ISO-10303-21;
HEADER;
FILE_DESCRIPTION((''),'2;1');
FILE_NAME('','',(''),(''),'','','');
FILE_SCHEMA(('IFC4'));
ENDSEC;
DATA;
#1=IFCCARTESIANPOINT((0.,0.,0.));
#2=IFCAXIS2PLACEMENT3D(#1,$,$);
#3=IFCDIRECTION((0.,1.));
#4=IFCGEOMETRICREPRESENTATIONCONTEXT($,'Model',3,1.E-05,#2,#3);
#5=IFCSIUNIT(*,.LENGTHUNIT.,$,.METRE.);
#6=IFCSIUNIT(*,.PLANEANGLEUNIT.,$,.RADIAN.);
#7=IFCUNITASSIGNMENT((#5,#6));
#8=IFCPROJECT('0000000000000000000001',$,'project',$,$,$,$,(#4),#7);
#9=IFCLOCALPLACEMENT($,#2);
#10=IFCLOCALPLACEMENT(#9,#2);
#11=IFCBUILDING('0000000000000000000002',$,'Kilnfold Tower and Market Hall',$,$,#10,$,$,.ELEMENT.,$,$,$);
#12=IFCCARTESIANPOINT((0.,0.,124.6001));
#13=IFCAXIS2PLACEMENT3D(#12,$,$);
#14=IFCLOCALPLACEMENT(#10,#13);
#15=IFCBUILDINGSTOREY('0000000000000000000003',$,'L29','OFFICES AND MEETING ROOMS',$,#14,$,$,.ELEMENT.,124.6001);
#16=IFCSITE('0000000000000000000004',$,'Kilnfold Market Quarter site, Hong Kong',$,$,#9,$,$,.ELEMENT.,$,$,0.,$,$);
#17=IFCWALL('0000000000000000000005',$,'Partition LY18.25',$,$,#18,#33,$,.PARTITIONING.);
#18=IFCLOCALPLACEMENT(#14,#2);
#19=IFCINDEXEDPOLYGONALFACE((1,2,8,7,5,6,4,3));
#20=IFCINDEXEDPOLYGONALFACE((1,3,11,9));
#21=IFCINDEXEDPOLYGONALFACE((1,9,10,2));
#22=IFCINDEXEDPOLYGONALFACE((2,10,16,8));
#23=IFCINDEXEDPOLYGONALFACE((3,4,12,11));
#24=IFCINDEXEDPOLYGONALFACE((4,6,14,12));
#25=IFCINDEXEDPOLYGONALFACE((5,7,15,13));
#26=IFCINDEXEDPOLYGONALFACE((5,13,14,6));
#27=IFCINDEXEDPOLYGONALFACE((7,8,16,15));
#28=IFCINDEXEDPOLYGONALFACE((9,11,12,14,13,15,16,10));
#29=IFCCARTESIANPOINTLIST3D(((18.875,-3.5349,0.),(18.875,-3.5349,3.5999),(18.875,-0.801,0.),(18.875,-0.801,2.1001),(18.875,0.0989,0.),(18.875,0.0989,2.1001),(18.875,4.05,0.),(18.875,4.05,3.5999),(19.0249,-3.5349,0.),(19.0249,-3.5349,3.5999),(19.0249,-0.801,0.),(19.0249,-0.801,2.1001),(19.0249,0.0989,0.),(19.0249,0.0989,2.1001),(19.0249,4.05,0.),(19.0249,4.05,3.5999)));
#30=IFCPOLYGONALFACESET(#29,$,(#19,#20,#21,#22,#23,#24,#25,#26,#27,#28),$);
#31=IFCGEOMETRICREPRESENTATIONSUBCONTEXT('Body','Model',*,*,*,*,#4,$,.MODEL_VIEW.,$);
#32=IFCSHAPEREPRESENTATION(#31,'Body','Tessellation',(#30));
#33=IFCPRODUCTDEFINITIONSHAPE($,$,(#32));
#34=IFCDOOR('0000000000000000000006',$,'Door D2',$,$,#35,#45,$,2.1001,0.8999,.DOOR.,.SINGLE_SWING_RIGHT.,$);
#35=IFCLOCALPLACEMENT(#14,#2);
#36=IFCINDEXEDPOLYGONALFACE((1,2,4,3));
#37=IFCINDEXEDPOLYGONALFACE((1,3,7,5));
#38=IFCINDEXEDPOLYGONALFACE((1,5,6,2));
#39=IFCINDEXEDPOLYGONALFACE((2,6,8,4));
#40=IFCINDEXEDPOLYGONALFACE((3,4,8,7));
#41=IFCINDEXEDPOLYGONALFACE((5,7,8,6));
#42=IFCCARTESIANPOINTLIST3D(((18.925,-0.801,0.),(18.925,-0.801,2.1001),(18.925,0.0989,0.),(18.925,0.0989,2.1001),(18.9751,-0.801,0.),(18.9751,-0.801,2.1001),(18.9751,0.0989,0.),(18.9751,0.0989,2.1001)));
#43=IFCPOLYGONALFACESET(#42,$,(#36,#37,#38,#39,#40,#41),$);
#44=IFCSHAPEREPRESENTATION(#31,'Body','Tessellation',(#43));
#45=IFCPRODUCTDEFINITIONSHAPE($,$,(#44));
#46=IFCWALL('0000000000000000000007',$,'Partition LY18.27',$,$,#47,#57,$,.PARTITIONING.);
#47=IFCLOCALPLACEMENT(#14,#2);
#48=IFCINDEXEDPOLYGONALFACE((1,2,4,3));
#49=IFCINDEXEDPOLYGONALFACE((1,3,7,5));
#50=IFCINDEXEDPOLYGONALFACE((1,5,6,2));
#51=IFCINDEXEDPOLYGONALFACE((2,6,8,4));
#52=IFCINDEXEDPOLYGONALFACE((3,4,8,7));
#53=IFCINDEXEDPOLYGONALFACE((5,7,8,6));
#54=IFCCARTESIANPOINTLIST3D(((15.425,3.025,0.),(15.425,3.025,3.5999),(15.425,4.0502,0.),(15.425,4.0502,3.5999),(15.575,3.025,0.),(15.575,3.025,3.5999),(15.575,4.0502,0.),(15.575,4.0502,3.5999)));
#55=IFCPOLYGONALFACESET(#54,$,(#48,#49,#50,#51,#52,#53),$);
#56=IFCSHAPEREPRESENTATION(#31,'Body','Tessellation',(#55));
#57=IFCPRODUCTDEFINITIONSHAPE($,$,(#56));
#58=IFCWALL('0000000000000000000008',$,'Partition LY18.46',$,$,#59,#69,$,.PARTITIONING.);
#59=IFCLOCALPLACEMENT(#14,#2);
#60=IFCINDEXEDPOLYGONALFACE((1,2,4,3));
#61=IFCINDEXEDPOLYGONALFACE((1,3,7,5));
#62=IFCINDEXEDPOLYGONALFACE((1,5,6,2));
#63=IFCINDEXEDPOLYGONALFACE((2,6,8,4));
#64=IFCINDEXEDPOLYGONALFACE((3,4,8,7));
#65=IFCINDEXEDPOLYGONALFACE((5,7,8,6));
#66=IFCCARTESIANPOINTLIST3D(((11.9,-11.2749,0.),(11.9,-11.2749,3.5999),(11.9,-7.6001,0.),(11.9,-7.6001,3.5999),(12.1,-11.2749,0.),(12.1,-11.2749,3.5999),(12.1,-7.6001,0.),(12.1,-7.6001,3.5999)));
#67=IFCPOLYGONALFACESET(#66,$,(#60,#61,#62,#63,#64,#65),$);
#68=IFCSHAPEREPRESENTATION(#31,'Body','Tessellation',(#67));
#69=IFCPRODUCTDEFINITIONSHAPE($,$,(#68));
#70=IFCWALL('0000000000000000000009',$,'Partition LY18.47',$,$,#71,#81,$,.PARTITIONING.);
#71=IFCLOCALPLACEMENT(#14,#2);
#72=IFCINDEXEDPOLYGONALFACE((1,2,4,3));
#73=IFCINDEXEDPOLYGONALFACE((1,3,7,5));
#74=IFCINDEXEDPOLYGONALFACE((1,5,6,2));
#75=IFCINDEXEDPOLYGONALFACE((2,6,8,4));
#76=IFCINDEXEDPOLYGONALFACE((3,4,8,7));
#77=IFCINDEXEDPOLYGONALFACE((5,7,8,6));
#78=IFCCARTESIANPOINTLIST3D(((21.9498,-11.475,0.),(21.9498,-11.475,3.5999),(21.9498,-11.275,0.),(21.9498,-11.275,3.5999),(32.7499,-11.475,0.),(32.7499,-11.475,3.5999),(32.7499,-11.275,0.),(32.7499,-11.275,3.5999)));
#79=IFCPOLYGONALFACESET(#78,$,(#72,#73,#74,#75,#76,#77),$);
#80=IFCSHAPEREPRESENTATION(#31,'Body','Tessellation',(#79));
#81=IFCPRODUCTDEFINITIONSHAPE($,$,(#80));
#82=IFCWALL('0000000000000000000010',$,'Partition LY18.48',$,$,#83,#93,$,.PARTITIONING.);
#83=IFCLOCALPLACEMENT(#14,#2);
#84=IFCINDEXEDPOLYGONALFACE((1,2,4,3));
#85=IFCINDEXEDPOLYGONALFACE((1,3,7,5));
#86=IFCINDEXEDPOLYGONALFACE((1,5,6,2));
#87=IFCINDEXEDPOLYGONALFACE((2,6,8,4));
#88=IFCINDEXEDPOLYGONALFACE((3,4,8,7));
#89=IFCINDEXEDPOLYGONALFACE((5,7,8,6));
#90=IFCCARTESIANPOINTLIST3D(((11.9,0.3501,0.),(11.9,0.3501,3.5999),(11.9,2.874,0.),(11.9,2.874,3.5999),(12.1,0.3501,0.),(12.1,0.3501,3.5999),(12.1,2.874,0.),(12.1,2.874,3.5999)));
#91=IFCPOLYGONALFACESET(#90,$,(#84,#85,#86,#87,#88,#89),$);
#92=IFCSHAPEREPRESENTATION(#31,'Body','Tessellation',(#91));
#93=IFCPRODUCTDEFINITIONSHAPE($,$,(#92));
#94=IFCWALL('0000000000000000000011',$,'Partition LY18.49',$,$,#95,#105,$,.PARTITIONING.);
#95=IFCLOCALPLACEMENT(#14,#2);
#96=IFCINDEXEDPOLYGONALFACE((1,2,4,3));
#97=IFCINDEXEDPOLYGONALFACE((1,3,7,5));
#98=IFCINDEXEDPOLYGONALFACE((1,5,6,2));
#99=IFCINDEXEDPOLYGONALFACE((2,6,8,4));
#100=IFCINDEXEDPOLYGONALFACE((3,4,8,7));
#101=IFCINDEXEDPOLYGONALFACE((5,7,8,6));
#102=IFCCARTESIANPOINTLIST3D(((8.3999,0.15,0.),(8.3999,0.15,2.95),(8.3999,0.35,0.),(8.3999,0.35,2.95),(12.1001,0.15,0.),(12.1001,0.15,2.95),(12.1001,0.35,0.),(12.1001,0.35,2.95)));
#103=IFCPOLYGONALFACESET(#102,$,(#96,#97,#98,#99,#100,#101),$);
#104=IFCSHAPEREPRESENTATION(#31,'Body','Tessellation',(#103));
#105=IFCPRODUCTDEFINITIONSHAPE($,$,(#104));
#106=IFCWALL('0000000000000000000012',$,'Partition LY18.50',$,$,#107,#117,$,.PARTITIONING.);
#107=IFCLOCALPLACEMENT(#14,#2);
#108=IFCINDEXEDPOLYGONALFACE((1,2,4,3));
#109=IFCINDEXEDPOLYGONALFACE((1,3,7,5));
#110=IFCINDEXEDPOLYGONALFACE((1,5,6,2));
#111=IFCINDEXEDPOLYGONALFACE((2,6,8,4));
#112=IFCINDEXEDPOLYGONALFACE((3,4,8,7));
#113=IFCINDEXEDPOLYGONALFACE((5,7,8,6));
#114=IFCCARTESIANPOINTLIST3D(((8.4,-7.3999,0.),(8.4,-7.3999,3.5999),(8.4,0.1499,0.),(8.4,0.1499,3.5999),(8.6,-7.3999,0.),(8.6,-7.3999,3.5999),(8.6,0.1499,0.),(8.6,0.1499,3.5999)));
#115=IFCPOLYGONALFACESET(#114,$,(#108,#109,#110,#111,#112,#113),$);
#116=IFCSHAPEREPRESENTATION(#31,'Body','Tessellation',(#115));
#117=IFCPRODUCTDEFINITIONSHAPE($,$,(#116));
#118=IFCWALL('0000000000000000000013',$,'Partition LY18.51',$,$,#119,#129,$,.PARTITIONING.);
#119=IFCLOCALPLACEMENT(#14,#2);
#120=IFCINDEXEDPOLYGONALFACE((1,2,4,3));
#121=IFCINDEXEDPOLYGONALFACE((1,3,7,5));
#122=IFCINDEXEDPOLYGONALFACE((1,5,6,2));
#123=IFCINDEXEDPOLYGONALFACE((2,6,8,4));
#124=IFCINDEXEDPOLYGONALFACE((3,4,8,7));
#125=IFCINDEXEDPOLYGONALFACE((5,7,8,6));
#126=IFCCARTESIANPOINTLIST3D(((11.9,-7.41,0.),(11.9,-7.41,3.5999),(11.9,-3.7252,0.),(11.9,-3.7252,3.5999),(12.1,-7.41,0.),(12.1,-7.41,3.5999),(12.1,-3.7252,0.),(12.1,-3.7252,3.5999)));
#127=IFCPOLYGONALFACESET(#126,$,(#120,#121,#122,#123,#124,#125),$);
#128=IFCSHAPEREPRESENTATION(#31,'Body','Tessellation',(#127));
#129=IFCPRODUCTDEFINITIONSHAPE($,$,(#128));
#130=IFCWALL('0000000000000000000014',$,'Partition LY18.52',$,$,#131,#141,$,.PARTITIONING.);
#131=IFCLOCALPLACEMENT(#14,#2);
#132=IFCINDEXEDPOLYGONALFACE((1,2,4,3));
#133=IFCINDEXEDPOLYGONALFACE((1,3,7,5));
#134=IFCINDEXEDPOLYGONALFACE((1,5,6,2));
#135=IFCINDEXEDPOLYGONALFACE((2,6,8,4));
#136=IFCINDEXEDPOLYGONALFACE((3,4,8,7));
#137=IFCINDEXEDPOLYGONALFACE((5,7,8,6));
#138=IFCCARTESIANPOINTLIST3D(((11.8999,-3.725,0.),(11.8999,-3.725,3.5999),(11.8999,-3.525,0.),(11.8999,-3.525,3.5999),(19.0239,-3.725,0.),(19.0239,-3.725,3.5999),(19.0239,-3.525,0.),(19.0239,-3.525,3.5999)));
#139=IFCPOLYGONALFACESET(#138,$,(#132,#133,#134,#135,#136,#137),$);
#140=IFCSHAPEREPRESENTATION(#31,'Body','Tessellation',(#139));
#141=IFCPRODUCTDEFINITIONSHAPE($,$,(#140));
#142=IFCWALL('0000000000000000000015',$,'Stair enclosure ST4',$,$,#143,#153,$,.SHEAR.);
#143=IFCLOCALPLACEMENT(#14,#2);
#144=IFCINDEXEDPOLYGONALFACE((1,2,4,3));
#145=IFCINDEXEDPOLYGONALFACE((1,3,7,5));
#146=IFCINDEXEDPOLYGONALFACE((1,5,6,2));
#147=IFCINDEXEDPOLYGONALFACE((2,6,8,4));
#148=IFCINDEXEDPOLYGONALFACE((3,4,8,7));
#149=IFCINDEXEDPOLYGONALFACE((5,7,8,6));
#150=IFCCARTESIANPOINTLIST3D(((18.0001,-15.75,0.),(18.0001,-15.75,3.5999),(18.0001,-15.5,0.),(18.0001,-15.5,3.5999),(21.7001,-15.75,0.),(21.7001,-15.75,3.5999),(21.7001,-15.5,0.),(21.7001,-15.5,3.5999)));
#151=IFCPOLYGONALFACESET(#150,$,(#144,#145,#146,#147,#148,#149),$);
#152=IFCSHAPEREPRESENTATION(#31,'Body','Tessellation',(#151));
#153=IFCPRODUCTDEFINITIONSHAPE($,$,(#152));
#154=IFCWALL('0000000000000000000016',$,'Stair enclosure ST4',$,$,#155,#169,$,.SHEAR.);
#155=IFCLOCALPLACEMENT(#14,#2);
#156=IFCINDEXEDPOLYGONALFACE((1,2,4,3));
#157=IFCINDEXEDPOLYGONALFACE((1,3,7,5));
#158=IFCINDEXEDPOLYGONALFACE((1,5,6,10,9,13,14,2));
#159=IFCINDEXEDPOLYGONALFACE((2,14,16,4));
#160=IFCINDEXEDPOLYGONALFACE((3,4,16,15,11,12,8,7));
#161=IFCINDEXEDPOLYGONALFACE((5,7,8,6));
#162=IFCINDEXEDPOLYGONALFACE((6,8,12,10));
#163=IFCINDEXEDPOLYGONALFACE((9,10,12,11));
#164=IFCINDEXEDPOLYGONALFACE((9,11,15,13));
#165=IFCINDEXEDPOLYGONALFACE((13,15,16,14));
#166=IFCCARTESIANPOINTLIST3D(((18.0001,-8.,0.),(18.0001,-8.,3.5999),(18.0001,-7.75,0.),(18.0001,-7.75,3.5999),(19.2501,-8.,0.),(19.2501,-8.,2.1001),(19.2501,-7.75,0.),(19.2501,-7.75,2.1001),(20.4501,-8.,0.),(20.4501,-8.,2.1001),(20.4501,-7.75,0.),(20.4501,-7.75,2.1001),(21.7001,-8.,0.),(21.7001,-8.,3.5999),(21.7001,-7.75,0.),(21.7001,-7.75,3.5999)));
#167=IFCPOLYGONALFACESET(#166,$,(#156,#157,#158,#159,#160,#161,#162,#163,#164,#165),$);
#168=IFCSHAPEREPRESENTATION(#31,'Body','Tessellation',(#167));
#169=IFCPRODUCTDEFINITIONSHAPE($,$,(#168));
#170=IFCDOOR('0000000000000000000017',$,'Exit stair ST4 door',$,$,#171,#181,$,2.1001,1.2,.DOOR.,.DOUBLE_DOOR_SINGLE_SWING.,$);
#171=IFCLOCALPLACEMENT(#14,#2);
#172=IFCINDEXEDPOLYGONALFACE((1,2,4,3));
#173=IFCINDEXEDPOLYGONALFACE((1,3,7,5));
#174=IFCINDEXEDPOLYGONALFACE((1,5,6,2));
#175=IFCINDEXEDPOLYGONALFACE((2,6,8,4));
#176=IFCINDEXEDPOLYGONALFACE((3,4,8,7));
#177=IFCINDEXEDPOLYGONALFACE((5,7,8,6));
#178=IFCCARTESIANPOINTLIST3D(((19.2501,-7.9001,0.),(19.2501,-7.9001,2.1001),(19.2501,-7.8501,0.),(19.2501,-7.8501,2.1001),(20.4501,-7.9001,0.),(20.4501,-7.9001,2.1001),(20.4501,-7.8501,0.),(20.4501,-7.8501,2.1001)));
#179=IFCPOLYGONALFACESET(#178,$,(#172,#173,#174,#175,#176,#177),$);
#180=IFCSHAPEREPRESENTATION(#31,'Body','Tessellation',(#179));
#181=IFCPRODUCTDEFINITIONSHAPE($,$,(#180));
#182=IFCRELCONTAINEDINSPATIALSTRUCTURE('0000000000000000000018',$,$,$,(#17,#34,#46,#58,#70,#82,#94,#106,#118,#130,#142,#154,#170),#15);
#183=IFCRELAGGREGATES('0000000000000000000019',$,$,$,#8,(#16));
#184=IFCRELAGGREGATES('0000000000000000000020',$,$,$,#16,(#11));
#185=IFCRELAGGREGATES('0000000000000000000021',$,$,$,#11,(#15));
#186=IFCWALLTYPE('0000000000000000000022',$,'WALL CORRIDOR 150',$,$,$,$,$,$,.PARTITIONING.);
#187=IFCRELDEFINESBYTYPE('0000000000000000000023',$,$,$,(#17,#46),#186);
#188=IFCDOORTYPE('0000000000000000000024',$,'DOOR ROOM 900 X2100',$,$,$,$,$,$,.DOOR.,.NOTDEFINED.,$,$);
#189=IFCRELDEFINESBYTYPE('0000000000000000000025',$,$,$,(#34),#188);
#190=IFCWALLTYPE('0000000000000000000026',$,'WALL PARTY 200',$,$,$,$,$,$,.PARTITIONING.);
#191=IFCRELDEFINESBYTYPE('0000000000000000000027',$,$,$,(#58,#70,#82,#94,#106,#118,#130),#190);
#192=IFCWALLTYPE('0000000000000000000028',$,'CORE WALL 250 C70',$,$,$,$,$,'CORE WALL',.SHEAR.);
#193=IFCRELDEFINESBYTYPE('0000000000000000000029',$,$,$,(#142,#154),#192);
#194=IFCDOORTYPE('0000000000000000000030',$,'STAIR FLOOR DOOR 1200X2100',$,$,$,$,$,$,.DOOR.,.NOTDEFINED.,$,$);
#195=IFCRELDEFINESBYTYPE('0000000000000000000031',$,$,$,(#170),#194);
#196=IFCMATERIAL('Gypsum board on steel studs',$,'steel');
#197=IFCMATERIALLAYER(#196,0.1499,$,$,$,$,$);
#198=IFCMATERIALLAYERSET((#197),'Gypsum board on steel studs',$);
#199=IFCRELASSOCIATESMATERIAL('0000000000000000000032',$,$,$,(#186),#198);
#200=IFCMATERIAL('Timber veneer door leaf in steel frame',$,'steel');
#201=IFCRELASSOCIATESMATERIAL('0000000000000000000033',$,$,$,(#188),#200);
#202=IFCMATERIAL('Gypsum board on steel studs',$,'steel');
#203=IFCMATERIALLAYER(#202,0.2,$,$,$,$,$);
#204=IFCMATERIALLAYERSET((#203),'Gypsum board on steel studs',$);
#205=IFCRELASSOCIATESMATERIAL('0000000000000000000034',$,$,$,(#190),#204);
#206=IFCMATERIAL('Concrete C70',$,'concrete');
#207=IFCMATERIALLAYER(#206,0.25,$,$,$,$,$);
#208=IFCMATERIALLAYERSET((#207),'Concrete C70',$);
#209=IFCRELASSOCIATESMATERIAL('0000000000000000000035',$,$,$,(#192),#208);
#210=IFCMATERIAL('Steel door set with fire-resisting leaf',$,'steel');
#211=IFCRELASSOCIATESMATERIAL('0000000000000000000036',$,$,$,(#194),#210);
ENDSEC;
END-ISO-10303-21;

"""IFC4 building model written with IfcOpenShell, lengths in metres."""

from ifc_helpers import new_model, si_unit, direction, frame, frame_2d, origin, place, context, subcontext, project, spatial, rectangle, extrude, source, transform, mapped, material, layer, layer_set, type_object, element, fill, save


model = new_model("IFC4")

# Units and contexts
model_context = context("Model", 3, precision=1e-05, world=origin(), true_north=direction((0.0, 1.0)))
body_context = subcontext(model_context, "Body", "Model", "MODEL_VIEW")
ifc_project = project(units=[si_unit("LENGTHUNIT", "METRE"), si_unit("PLANEANGLEUNIT", "RADIAN")], contexts=[model_context])

# Site, building, storey
site_placement = place(None, origin())
site = spatial("IfcSite", under=ifc_project, at=site_placement, Name="Kilnfold Market Quarter site, Hong Kong", CompositionType="ELEMENT", RefElevation=0.0)
building_placement = place(site_placement, origin())
building = spatial("IfcBuilding", under=site, at=building_placement, Name="Kilnfold Tower and Market Hall", CompositionType="ELEMENT")
storey_placement = place(building_placement, frame((0.0, 0.0, 124.6001)))
storey = spatial("IfcBuildingStorey", under=building, at=storey_placement, Name="L29", Description="OFFICES AND MEETING ROOMS", CompositionType="ELEMENT", Elevation=124.6001)

# Shared definitions
ifc_material_1 = material(Name="Gypsum board on steel studs", Category="steel")
ifc_layer_1 = layer(ifc_material_1, 0.1499)
ifc_layer_set_1 = layer_set([ifc_layer_1], Name="Gypsum board on steel studs")
wall_type_1 = type_object("IfcWallType", Name="WALL CORRIDOR 150", PredefinedType="PARTITIONING", material=ifc_layer_set_1)

# Wall, opening, door
wall_1_placement = place(storey_placement, frame((18.95, -3.5349, 0.0), z_axis=(0.0, 0.0, 1.0), x_axis=(0.0, 1.0, 0.0)))
wall_1 = element("IfcWall", 1, at=wall_1_placement, inside=storey, type_object=wall_type_1, Name="Partition LY18.25", PredefinedType="PARTITIONING", context=body_context, shape_type="SweptSolid", body=[
    extrude(rectangle(XDim=7.585, YDim=0.1499, at=frame_2d((3.7925, 0.0))), origin(), (0.0, 0.0, 1.0), 3.5999),
])
opening_1_placement = place(wall_1_placement, frame((2.7339, 0.0, 0.0)))
opening_1 = element("IfcOpeningElement", 2, at=opening_1_placement, cuts=wall_1, PredefinedType="OPENING", context=body_context, shape_type="SweptSolid", body=[
    extrude(rectangle(XDim=0.8999, YDim=2.1001, at=frame_2d((0.45, 1.05))), frame((0.0, 0.085, 0.0), z_axis=(0.0, -1.0, 0.0), x_axis=(1.0, 0.0, 0.0)), (0.0, 0.0, 1.0), 0.1699),
])
ifc_material_2 = material(Name="Timber veneer door leaf in steel frame", Category="steel")
door_type_1 = type_object("IfcDoorType", Name="DOOR ROOM 900 X2100", OperationType="NOTDEFINED", PredefinedType="DOOR", material=ifc_material_2)
door_1_placement = place(opening_1_placement, origin())
door_1 = element("IfcDoor", 3, at=door_1_placement, inside=storey, type_object=door_type_1, Name="Door D2", OperationType="SINGLE_SWING_RIGHT", OverallHeight=2.1001, OverallWidth=0.8999, PredefinedType="DOOR", context=body_context, shape_type="SweptSolid", body=[
    extrude(rectangle(XDim=0.8999, YDim=2.1001, at=frame_2d((0.45, 1.05))), frame((0.0, 0.0249, 0.0), z_axis=(0.0, -1.0, 0.0), x_axis=(1.0, 0.0, 0.0)), (0.0, 0.0, 1.0), 0.05),
])
fill(opening_1, door_1)

# Walls
wall_2_placement = place(storey_placement, frame((15.5, 3.0249, 0.0), z_axis=(0.0, 0.0, 1.0), x_axis=(0.0, 1.0, 0.0)))
element("IfcWall", 4, at=wall_2_placement, inside=storey, type_object=wall_type_1, Name="Partition LY18.27", PredefinedType="PARTITIONING", context=body_context, shape_type="SweptSolid", body=[
    extrude(rectangle(XDim=1.0251, YDim=0.1499, at=frame_2d((0.5127, 0.0))), origin(), (0.0, 0.0, 1.0), 3.5999),
])
ifc_material_3 = material(Name="Gypsum board on steel studs", Category="steel")
ifc_layer_2 = layer(ifc_material_3, 0.2)
ifc_layer_set_2 = layer_set([ifc_layer_2], Name="Gypsum board on steel studs")
wall_type_2 = type_object("IfcWallType", Name="WALL PARTY 200", PredefinedType="PARTITIONING", material=ifc_layer_set_2)
wall_3_placement = place(storey_placement, frame((12.0, -11.2749, 0.0), z_axis=(0.0, 0.0, 1.0), x_axis=(0.0, 1.0, 0.0)))
element("IfcWall", 5, at=wall_3_placement, inside=storey, type_object=wall_type_2, Name="Partition LY18.46", PredefinedType="PARTITIONING", context=body_context, shape_type="SweptSolid", body=[
    extrude(rectangle(XDim=3.6748, YDim=0.2, at=frame_2d((1.8374, 0.0))), origin(), (0.0, 0.0, 1.0), 3.5999),
])
wall_4_placement = place(storey_placement, frame((21.95, -11.375, 0.0), z_axis=(0.0, 0.0, 1.0), x_axis=(1.0, 0.0, 0.0)))
element("IfcWall", 6, at=wall_4_placement, inside=storey, type_object=wall_type_2, Name="Partition LY18.47", PredefinedType="PARTITIONING", context=body_context, shape_type="SweptSolid", body=[
    extrude(rectangle(XDim=10.8, YDim=0.2, at=frame_2d((5.3999, 0.0))), origin(), (0.0, 0.0, 1.0), 3.5999),
])
wall_5_placement = place(storey_placement, frame((12.0, 0.3501, 0.0), z_axis=(0.0, 0.0, 1.0), x_axis=(0.0, 1.0, 0.0)))
element("IfcWall", 7, at=wall_5_placement, inside=storey, type_object=wall_type_2, Name="Partition LY18.48", PredefinedType="PARTITIONING", context=body_context, shape_type="SweptSolid", body=[
    extrude(rectangle(XDim=2.5239, YDim=0.2, at=frame_2d((1.262, 0.0))), origin(), (0.0, 0.0, 1.0), 3.5999),
])
wall_6_placement = place(storey_placement, frame((8.3999, 0.25, 0.0), z_axis=(0.0, 0.0, 1.0), x_axis=(1.0, 0.0, 0.0)))
element("IfcWall", 8, at=wall_6_placement, inside=storey, type_object=wall_type_2, Name="Partition LY18.49", PredefinedType="PARTITIONING", context=body_context, shape_type="SweptSolid", body=[
    extrude(rectangle(XDim=3.7002, YDim=0.2, at=frame_2d((1.8501, 0.0))), origin(), (0.0, 0.0, 1.0), 2.95),
])
wall_7_placement = place(storey_placement, frame((8.5, -7.3999, 0.0), z_axis=(0.0, 0.0, 1.0), x_axis=(0.0, 1.0, 0.0)))
element("IfcWall", 9, at=wall_7_placement, inside=storey, type_object=wall_type_2, Name="Partition LY18.50", PredefinedType="PARTITIONING", context=body_context, shape_type="SweptSolid", body=[
    extrude(rectangle(XDim=7.5498, YDim=0.2, at=frame_2d((3.7749, 0.0))), origin(), (0.0, 0.0, 1.0), 3.5999),
])
wall_8_placement = place(storey_placement, frame((12.0, -7.4099, 0.0), z_axis=(0.0, 0.0, 1.0), x_axis=(0.0, 1.0, 0.0)))
element("IfcWall", 10, at=wall_8_placement, inside=storey, type_object=wall_type_2, Name="Partition LY18.51", PredefinedType="PARTITIONING", context=body_context, shape_type="SweptSolid", body=[
    extrude(rectangle(XDim=3.6848, YDim=0.2, at=frame_2d((1.8423, 0.0))), origin(), (0.0, 0.0, 1.0), 3.5999),
])
wall_9_placement = place(storey_placement, frame((11.8999, -3.625, 0.0), z_axis=(0.0, 0.0, 1.0), x_axis=(1.0, 0.0, 0.0)))
element("IfcWall", 11, at=wall_9_placement, inside=storey, type_object=wall_type_2, Name="Partition LY18.52", PredefinedType="PARTITIONING", context=body_context, shape_type="SweptSolid", body=[
    extrude(rectangle(XDim=7.124, YDim=0.2, at=frame_2d((3.562, 0.0))), origin(), (0.0, 0.0, 1.0), 3.5999),
])
ifc_material_4 = material(Name="Concrete C70", Category="concrete")
ifc_layer_3 = layer(ifc_material_4, 0.25)
ifc_layer_set_3 = layer_set([ifc_layer_3], Name="Concrete C70")
wall_type_3 = type_object("IfcWallType", Name="CORE WALL 250 C70", ElementType="CORE WALL", PredefinedType="SHEAR", material=ifc_layer_set_3)
shared_shape_1 = source(origin(), body_context, "Body", "SweptSolid", [
    extrude(rectangle(XDim=3.7, YDim=0.25, at=frame_2d((1.8501, 0.0))), origin(), (0.0, 0.0, 1.0), 3.5999),
])
wall_10_placement = place(storey_placement, frame((18.0, -15.625, 0.0), z_axis=(0.0, 0.0, 1.0), x_axis=(1.0, 0.0, 0.0)))
element("IfcWall", 12, at=wall_10_placement, inside=storey, type_object=wall_type_3, Name="Stair enclosure ST4", PredefinedType="SHEAR", context=body_context, shape_type="MappedRepresentation", body=[
    mapped(shared_shape_1, transform((0.0, 0.0, 0.0))),
])

# Wall, opening, door
wall_11_placement = place(storey_placement, frame((18.0, -7.875, 0.0), z_axis=(0.0, 0.0, 1.0), x_axis=(1.0, 0.0, 0.0)))
wall_11 = element("IfcWall", 13, at=wall_11_placement, inside=storey, type_object=wall_type_3, Name="Stair enclosure ST4", PredefinedType="SHEAR", context=body_context, shape_type="MappedRepresentation", body=[
    mapped(shared_shape_1, transform((0.0, 0.0, 0.0))),
])
opening_2_placement = place(wall_11_placement, frame((1.25, 0.0, 0.0)))
opening_2 = element("IfcOpeningElement", 14, at=opening_2_placement, cuts=wall_11, PredefinedType="OPENING", context=body_context, shape_type="SweptSolid", body=[
    extrude(rectangle(XDim=1.2, YDim=2.1001, at=frame_2d((0.6001, 1.05))), frame((0.0, 0.135, 0.0), z_axis=(0.0, -1.0, 0.0), x_axis=(1.0, 0.0, 0.0)), (0.0, 0.0, 1.0), 0.27),
])
ifc_material_5 = material(Name="Steel door set with fire-resisting leaf", Category="steel")
door_type_2 = type_object("IfcDoorType", Name="STAIR FLOOR DOOR 1200X2100", OperationType="NOTDEFINED", PredefinedType="DOOR", material=ifc_material_5)
door_2_placement = place(opening_2_placement, origin())
door_2 = element("IfcDoor", 15, at=door_2_placement, inside=storey, type_object=door_type_2, Name="Exit stair ST4 door", OperationType="DOUBLE_DOOR_SINGLE_SWING", OverallHeight=2.1001, OverallWidth=1.2, PredefinedType="DOOR", context=body_context, shape_type="SweptSolid", body=[
    extrude(rectangle(XDim=1.2, YDim=2.1001, at=frame_2d((0.6001, 1.05))), frame((0.0, 0.0249, 0.0), z_axis=(0.0, -1.0, 0.0), x_axis=(1.0, 0.0, 0.0)), (0.0, 0.0, 1.0), 0.05),
])
fill(opening_2, door_2)

save(model, "model.ifc")
